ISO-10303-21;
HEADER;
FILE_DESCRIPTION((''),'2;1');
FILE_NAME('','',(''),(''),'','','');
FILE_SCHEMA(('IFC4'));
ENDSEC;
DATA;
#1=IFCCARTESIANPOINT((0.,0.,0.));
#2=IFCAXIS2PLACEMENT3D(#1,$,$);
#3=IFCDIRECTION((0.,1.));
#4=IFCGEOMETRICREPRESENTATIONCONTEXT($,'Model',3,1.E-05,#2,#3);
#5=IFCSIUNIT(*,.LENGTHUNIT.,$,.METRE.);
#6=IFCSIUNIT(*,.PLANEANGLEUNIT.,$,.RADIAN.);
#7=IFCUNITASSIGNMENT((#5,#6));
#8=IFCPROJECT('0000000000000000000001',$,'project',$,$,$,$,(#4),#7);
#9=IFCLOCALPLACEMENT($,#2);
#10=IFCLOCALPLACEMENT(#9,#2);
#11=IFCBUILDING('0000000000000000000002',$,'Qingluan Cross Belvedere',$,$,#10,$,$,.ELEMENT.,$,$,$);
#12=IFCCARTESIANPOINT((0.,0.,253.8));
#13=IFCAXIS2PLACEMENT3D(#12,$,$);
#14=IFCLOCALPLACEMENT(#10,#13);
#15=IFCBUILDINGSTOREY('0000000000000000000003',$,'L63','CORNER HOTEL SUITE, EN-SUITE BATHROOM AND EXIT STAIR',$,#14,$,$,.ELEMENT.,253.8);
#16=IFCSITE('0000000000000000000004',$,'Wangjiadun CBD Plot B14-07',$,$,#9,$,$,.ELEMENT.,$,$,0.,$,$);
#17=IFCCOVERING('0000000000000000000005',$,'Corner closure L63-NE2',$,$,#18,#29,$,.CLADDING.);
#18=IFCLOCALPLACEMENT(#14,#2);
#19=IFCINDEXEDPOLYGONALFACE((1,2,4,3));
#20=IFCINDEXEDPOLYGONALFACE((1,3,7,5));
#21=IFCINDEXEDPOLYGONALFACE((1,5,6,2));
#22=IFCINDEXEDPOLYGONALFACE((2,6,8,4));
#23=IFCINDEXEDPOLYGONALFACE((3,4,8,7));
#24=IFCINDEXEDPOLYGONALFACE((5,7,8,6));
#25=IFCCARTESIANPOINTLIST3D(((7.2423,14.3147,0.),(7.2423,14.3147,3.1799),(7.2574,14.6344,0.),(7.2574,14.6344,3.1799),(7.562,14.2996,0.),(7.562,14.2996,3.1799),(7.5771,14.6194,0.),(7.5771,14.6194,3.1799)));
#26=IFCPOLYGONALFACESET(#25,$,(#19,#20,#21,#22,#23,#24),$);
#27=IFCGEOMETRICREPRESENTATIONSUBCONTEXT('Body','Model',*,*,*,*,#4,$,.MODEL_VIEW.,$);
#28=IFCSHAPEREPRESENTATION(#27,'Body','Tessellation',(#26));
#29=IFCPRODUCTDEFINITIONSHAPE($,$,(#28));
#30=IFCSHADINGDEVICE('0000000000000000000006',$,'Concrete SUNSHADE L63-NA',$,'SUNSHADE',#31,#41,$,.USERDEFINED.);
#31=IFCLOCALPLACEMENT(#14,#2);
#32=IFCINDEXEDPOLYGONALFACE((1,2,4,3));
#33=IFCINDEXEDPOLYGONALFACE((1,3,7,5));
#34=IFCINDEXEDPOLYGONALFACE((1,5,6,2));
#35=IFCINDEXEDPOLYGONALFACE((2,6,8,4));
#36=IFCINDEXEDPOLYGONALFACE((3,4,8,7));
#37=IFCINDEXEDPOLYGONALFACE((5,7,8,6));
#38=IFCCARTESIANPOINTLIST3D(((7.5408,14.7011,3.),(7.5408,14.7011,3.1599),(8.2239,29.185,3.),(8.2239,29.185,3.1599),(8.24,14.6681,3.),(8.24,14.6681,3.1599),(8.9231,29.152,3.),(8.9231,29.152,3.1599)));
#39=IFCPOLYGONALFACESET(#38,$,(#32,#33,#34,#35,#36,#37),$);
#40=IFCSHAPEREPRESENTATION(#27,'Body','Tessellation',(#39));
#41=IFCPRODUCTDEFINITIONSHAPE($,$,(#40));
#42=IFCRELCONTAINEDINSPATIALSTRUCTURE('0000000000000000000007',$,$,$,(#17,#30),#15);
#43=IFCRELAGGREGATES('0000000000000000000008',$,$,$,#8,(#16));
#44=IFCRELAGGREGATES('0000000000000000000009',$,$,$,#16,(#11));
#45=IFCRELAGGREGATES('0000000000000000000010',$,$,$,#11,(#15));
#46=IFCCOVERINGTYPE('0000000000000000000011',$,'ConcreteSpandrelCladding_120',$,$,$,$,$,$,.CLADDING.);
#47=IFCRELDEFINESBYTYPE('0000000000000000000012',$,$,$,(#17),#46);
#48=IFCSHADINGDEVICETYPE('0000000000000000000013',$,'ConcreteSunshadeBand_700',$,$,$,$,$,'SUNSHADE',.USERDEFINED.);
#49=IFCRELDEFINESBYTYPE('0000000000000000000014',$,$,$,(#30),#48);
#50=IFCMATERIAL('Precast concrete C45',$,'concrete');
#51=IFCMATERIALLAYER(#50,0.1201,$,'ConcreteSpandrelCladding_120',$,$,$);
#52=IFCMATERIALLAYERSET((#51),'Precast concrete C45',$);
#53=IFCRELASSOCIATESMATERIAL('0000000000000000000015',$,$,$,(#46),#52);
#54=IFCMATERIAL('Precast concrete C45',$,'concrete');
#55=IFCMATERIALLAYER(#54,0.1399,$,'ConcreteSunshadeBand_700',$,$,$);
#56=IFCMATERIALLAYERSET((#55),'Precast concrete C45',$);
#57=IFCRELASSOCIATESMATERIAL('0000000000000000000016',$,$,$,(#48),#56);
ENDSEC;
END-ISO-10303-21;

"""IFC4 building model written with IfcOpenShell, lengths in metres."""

from ifc_helpers import new_model, si_unit, direction, frame, origin, origin_2d, place, context, subcontext, project, spatial, rectangle, extrude, material, layer, layer_set, type_object, element, save


model = new_model("IFC4")

# Units and contexts
model_context = context("Model", 3, precision=1e-05, world=origin(), true_north=direction((0.0, 1.0)))
body_context = subcontext(model_context, "Body", "Model", "MODEL_VIEW")
ifc_project = project(units=[si_unit("LENGTHUNIT", "METRE"), si_unit("PLANEANGLEUNIT", "RADIAN")], contexts=[model_context])

# Site, building, storey
site_placement = place(None, origin())
site = spatial("IfcSite", under=ifc_project, at=site_placement, Name="Wangjiadun CBD Plot B14-07", CompositionType="ELEMENT", RefElevation=0.0)
building_placement = place(site_placement, origin())
building = spatial("IfcBuilding", under=site, at=building_placement, Name="Qingluan Cross Belvedere", CompositionType="ELEMENT")
storey_placement = place(building_placement, frame((0.0, 0.0, 253.8)))
storey = spatial("IfcBuildingStorey", under=building, at=storey_placement, Name="L63", Description="CORNER HOTEL SUITE, EN-SUITE BATHROOM AND EXIT STAIR", CompositionType="ELEMENT", Elevation=253.8)

# Covering
ifc_material_1 = material(Name="Precast concrete C45", Category="concrete")
ifc_layer_1 = layer(ifc_material_1, 0.1201, Name="ConcreteSpandrelCladding_120")
ifc_layer_set_1 = layer_set([ifc_layer_1], Name="Precast concrete C45")
covering_type = type_object("IfcCoveringType", Name="ConcreteSpandrelCladding_120", PredefinedType="CLADDING", material=ifc_layer_set_1)
for number, where, z_axis, x_axis, name in (
    (1, (7.4097, 14.467, 0.0), (0.0, 0.0, 1.0), (0.99889, -0.047106, 0.0), "Corner closure L63-NE2"),
):
    element("IfcCovering", number, at=place(storey_placement, frame(where, z_axis=z_axis, x_axis=x_axis)), inside=storey, type_object=covering_type, Name=name, PredefinedType="CLADDING", context=body_context, shape_type="SweptSolid", body=[
        extrude(rectangle(XDim=0.3201, YDim=0.3201, at=origin_2d()), origin(), (0.0, 0.0, 1.0), 3.1799),
    ])

# Shading device
ifc_material_2 = material(Name="Precast concrete C45", Category="concrete")
ifc_layer_2 = layer(ifc_material_2, 0.1399, Name="ConcreteSunshadeBand_700")
ifc_layer_set_2 = layer_set([ifc_layer_2], Name="Precast concrete C45")
shading_device_type = type_object("IfcShadingDeviceType", Name="ConcreteSunshadeBand_700", ElementType="SUNSHADE", PredefinedType="USERDEFINED", material=ifc_layer_set_2)
shading_device_placement = place(storey_placement, frame((8.2319, 21.9265, 3.0), z_axis=(0.0, 0.0, 1.0), x_axis=(0.047109, 0.99889, 0.0)))
element("IfcShadingDevice", 2, at=shading_device_placement, inside=storey, type_object=shading_device_type, Name="Concrete SUNSHADE L63-NA", ObjectType="SUNSHADE", PredefinedType="USERDEFINED", context=body_context, shape_type="SweptSolid", body=[
    extrude(rectangle(XDim=14.5, YDim=0.7, at=origin_2d()), origin(), (0.0, 0.0, 1.0), 0.1599),
])

save(model, "model.ifc")
